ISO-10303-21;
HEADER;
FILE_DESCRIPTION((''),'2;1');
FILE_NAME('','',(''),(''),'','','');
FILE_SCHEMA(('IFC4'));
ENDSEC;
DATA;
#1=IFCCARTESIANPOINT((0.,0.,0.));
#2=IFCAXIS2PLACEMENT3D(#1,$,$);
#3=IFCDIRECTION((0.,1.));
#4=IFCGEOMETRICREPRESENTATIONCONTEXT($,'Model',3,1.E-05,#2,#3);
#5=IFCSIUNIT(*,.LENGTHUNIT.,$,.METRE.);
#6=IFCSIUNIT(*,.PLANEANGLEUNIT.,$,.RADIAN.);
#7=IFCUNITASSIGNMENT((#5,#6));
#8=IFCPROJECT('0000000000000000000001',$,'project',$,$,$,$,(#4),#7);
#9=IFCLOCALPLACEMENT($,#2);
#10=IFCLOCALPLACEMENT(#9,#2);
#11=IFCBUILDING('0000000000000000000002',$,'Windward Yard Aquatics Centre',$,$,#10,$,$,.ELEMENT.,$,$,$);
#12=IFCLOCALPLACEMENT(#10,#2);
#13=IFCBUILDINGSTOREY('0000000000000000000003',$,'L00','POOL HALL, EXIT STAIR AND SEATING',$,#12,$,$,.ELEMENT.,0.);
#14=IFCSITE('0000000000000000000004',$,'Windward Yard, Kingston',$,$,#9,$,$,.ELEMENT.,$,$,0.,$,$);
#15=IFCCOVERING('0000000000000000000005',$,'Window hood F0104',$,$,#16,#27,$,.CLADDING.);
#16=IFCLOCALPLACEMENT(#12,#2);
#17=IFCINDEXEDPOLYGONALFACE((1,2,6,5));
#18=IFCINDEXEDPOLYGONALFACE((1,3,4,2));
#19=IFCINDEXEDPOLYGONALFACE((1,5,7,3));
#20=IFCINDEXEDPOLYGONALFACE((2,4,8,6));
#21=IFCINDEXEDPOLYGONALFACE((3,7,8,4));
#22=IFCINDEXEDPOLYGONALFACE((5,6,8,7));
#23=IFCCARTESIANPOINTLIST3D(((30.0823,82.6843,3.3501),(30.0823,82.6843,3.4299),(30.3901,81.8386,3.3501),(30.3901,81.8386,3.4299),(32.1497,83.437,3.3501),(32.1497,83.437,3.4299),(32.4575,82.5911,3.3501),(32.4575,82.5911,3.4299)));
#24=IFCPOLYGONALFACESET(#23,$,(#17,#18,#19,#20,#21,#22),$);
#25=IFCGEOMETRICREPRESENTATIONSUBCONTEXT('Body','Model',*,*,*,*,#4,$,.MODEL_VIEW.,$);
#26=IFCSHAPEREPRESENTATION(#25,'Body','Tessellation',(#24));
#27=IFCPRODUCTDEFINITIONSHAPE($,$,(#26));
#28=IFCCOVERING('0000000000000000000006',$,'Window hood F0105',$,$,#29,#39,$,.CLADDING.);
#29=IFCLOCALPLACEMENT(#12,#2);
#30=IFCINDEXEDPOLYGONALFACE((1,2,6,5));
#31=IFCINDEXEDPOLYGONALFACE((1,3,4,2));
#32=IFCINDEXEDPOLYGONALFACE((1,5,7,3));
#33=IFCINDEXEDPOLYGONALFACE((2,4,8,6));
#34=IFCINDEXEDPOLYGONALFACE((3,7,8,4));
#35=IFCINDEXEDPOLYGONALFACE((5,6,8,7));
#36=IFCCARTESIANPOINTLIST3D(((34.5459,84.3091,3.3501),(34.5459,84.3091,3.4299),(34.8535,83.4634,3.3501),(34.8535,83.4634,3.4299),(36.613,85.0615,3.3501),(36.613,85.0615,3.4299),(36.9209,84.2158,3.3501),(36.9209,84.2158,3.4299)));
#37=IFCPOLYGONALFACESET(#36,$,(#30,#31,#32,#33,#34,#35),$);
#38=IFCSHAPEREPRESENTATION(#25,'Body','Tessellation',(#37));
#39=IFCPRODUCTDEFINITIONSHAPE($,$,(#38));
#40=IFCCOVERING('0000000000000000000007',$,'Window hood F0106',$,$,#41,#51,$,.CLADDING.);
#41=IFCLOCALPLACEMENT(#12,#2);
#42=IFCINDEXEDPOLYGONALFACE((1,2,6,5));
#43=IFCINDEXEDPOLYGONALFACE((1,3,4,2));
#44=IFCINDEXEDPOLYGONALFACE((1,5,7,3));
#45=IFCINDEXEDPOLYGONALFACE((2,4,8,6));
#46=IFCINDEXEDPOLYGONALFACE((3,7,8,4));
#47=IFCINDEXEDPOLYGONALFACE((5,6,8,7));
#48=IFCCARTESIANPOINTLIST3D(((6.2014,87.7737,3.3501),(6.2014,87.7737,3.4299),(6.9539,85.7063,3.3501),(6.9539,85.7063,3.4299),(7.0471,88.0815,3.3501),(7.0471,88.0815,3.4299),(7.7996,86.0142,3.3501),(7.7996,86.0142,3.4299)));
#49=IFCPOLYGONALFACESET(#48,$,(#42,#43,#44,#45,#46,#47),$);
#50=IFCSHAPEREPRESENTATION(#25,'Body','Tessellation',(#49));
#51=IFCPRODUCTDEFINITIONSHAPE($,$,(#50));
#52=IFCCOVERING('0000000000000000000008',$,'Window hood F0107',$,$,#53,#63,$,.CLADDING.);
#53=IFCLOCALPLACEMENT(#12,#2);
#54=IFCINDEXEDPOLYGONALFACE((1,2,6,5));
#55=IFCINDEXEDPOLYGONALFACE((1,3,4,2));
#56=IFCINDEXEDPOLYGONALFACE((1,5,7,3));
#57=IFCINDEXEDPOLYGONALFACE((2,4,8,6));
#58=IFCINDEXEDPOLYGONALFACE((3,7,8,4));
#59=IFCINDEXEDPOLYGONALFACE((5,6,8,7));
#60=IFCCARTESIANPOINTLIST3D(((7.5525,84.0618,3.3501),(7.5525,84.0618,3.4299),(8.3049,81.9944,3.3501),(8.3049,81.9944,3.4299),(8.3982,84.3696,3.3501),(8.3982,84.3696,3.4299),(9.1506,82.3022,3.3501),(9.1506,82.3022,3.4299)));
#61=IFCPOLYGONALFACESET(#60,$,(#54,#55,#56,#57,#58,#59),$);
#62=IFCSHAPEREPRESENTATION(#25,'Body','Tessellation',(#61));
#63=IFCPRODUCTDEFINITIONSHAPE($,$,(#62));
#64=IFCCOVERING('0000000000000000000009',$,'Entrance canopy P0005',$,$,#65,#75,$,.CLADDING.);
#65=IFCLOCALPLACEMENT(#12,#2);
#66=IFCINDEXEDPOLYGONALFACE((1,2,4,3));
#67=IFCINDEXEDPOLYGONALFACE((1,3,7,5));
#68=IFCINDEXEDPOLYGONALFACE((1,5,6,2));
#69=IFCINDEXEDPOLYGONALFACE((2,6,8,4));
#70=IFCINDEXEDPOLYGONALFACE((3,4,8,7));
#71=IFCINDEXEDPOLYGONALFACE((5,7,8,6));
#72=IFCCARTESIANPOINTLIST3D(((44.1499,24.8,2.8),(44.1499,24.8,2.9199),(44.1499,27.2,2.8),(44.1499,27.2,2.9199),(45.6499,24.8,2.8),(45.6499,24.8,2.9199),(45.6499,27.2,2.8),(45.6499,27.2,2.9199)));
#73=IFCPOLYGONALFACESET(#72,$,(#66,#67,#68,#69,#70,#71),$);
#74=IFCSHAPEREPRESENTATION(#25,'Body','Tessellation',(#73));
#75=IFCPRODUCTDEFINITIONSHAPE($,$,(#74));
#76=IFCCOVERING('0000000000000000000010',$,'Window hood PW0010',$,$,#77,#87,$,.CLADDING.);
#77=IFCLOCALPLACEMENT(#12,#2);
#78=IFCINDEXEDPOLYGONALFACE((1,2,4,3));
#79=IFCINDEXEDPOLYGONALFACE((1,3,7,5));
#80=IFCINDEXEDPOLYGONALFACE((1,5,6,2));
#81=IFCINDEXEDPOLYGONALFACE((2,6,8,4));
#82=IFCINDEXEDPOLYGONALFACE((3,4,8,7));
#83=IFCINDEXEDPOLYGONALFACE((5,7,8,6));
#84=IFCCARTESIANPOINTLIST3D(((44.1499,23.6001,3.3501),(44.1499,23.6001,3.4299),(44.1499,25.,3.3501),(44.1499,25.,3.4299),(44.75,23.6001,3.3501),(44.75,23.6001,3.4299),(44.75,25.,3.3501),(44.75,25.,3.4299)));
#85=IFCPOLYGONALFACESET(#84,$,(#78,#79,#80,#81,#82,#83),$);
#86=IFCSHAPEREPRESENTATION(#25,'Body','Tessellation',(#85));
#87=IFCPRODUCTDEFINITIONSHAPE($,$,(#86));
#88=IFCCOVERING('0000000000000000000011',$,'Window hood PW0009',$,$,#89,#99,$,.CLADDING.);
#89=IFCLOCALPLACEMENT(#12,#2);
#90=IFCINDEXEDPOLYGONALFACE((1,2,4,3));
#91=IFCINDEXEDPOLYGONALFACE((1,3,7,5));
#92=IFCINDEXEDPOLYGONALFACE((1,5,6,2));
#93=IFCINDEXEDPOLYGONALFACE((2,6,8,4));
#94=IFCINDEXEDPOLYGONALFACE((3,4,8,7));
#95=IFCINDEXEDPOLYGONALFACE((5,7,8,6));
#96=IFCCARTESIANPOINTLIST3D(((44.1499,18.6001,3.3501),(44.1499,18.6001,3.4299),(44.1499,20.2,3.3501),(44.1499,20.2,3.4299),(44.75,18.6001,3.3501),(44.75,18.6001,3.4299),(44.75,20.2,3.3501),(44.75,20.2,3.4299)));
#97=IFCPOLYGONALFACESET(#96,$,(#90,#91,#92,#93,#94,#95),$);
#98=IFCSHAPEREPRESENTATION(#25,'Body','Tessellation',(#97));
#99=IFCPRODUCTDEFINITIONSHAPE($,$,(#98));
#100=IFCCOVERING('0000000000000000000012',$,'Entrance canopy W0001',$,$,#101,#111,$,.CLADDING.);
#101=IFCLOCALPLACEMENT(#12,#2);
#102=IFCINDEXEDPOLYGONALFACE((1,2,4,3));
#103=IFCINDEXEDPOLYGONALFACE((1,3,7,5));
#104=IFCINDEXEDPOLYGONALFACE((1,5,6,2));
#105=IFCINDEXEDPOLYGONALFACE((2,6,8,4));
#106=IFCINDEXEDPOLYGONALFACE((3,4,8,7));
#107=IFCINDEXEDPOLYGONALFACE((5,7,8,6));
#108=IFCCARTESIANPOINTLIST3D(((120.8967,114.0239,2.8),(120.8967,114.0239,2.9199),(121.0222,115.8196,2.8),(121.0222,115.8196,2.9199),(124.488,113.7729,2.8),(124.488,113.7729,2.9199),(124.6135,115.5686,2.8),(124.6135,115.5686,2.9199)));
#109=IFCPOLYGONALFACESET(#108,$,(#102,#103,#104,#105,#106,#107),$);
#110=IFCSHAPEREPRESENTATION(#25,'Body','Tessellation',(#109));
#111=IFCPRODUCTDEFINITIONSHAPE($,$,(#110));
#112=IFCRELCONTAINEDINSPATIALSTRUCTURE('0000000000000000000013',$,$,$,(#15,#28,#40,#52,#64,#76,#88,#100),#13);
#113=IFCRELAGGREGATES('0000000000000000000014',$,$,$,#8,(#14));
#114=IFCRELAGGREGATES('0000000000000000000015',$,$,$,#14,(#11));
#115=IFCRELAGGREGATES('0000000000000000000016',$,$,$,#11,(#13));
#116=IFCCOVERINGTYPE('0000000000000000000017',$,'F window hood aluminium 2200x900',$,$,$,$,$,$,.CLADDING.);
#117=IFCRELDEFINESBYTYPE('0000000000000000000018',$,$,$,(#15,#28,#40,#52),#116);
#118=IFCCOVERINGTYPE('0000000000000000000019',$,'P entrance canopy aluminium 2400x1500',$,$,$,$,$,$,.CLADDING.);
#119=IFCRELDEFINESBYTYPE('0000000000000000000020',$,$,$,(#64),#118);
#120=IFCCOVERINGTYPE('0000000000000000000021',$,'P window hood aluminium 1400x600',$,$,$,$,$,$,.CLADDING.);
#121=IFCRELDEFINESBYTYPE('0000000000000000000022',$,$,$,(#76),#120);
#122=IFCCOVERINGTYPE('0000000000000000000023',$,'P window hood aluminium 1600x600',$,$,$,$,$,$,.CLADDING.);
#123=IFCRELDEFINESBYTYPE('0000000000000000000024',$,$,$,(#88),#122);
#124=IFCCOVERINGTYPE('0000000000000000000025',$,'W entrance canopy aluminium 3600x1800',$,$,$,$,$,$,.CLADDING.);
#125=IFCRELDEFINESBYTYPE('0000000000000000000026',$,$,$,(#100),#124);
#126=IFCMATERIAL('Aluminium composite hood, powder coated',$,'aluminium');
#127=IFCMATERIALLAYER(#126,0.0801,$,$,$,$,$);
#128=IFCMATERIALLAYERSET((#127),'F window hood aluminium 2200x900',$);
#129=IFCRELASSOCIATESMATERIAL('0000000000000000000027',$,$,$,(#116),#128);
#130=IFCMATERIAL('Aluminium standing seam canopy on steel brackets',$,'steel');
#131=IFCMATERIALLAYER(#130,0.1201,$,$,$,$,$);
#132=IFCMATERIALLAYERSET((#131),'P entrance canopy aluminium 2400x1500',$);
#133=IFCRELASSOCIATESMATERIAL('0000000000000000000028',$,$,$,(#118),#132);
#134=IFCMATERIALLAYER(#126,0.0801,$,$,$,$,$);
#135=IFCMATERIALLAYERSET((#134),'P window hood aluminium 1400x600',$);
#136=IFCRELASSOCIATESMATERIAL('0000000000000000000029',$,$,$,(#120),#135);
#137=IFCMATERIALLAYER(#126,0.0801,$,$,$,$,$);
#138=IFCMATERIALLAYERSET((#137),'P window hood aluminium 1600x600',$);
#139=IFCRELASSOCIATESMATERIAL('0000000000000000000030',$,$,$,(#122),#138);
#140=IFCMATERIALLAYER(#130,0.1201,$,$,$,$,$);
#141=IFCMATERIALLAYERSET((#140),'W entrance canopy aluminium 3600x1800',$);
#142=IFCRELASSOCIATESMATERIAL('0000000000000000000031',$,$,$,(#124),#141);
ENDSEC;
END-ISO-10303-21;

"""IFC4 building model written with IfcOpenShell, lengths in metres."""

from ifc_helpers import new_model, si_unit, direction, frame, origin, place, context, subcontext, project, spatial, polyline, outline, extrude, material, layer, layer_set, type_object, element, save


model = new_model("IFC4")

# Units and contexts
model_context = context("Model", 3, precision=1e-05, world=origin(), true_north=direction((0.0, 1.0)))
body_context = subcontext(model_context, "Body", "Model", "MODEL_VIEW")
ifc_project = project(units=[si_unit("LENGTHUNIT", "METRE"), si_unit("PLANEANGLEUNIT", "RADIAN")], contexts=[model_context])

# Site, building, storey
site_placement = place(None, origin())
site = spatial("IfcSite", under=ifc_project, at=site_placement, Name="Windward Yard, Kingston", CompositionType="ELEMENT", RefElevation=0.0)
building_placement = place(site_placement, origin())
building = spatial("IfcBuilding", under=site, at=building_placement, Name="Windward Yard Aquatics Centre", CompositionType="ELEMENT")
storey_placement = place(building_placement, origin())
storey = spatial("IfcBuildingStorey", under=building, at=storey_placement, Name="L00", Description="POOL HALL, EXIT STAIR AND SEATING", CompositionType="ELEMENT", Elevation=0.0)

# Coverings
ifc_material_1 = material(Name="Aluminium standing seam canopy on steel brackets", Category="steel")
ifc_material_2 = material(Name="Aluminium composite hood, powder coated", Category="aluminium")
ifc_layer_1 = layer(ifc_material_2, 0.0801)
ifc_layer_set_1 = layer_set([ifc_layer_1], Name="F window hood aluminium 2200x900")
covering_type_1 = type_object("IfcCoveringType", Name="F window hood aluminium 2200x900", PredefinedType="CLADDING", material=ifc_layer_set_1)
covering_1_placement = place(storey_placement, frame((0.0, 0.0, 3.3501)))
element("IfcCovering", 1, at=covering_1_placement, inside=storey, type_object=covering_type_1, Name="Window hood F0104", PredefinedType="CLADDING", context=body_context, shape_type="SweptSolid", body=[
    extrude(outline(polyline([(30.0823, 82.6843), (32.1497, 83.437), (32.4575, 82.5911), (30.3901, 81.8386), (30.0823, 82.6843)])), origin(), (0.0, 0.0, 1.0), 0.0798),
])
covering_2_placement = place(storey_placement, frame((0.0, 0.0, 3.3501)))
element("IfcCovering", 2, at=covering_2_placement, inside=storey, type_object=covering_type_1, Name="Window hood F0105", PredefinedType="CLADDING", context=body_context, shape_type="SweptSolid", body=[
    extrude(outline(polyline([(34.5459, 84.3091), (36.613, 85.0615), (36.9209, 84.2158), (34.8535, 83.4634), (34.5459, 84.3091)])), origin(), (0.0, 0.0, 1.0), 0.0798),
])
covering_3_placement = place(storey_placement, frame((0.0, 0.0, 3.3501)))
element("IfcCovering", 3, at=covering_3_placement, inside=storey, type_object=covering_type_1, Name="Window hood F0106", PredefinedType="CLADDING", context=body_context, shape_type="SweptSolid", body=[
    extrude(outline(polyline([(6.2014, 87.7737), (7.0471, 88.0815), (7.7996, 86.0142), (6.9539, 85.7063), (6.2014, 87.7737)])), origin(), (0.0, 0.0, 1.0), 0.0798),
])
covering_4_placement = place(storey_placement, frame((0.0, 0.0, 3.3501)))
element("IfcCovering", 4, at=covering_4_placement, inside=storey, type_object=covering_type_1, Name="Window hood F0107", PredefinedType="CLADDING", context=body_context, shape_type="SweptSolid", body=[
    extrude(outline(polyline([(7.5525, 84.0618), (8.3982, 84.3696), (9.1506, 82.3022), (8.3049, 81.9944), (7.5525, 84.0618)])), origin(), (0.0, 0.0, 1.0), 0.0798),
])
ifc_layer_2 = layer(ifc_material_1, 0.1201)
ifc_layer_set_2 = layer_set([ifc_layer_2], Name="P entrance canopy aluminium 2400x1500")
covering_type_2 = type_object("IfcCoveringType", Name="P entrance canopy aluminium 2400x1500", PredefinedType="CLADDING", material=ifc_layer_set_2)
covering_5_placement = place(storey_placement, frame((0.0, 0.0, 2.8)))
element("IfcCovering", 5, at=covering_5_placement, inside=storey, type_object=covering_type_2, Name="Entrance canopy P0005", PredefinedType="CLADDING", context=body_context, shape_type="SweptSolid", body=[
    extrude(outline(polyline([(44.1499, 24.8), (44.1499, 27.2), (45.6499, 27.2), (45.6499, 24.8), (44.1499, 24.8)])), origin(), (0.0, 0.0, 1.0), 0.1199),
])
ifc_layer_3 = layer(ifc_material_2, 0.0801)
ifc_layer_set_3 = layer_set([ifc_layer_3], Name="P window hood aluminium 1400x600")
covering_type_3 = type_object("IfcCoveringType", Name="P window hood aluminium 1400x600", PredefinedType="CLADDING", material=ifc_layer_set_3)
covering_6_placement = place(storey_placement, frame((0.0, 0.0, 3.3501)))
element("IfcCovering", 6, at=covering_6_placement, inside=storey, type_object=covering_type_3, Name="Window hood PW0010", PredefinedType="CLADDING", context=body_context, shape_type="SweptSolid", body=[
    extrude(outline(polyline([(44.1499, 23.6001), (44.1499, 25.0), (44.75, 25.0), (44.75, 23.6001), (44.1499, 23.6001)])), origin(), (0.0, 0.0, 1.0), 0.0798),
])
ifc_layer_4 = layer(ifc_material_2, 0.0801)
ifc_layer_set_4 = layer_set([ifc_layer_4], Name="P window hood aluminium 1600x600")
covering_type_4 = type_object("IfcCoveringType", Name="P window hood aluminium 1600x600", PredefinedType="CLADDING", material=ifc_layer_set_4)
covering_7_placement = place(storey_placement, frame((0.0, 0.0, 3.3501)))
element("IfcCovering", 7, at=covering_7_placement, inside=storey, type_object=covering_type_4, Name="Window hood PW0009", PredefinedType="CLADDING", context=body_context, shape_type="SweptSolid", body=[
    extrude(outline(polyline([(44.1499, 18.6001), (44.1499, 20.2), (44.75, 20.2), (44.75, 18.6001), (44.1499, 18.6001)])), origin(), (0.0, 0.0, 1.0), 0.0798),
])
ifc_layer_5 = layer(ifc_material_1, 0.1201)
ifc_layer_set_5 = layer_set([ifc_layer_5], Name="W entrance canopy aluminium 3600x1800")
covering_type_5 = type_object("IfcCoveringType", Name="W entrance canopy aluminium 3600x1800", PredefinedType="CLADDING", material=ifc_layer_set_5)
covering_8_placement = place(storey_placement, frame((0.0, 0.0, 2.8)))
element("IfcCovering", 8, at=covering_8_placement, inside=storey, type_object=covering_type_5, Name="Entrance canopy W0001", PredefinedType="CLADDING", context=body_context, shape_type="SweptSolid", body=[
    extrude(outline(polyline([(120.8967, 114.0239), (121.0222, 115.8196), (124.6135, 115.5686), (124.488, 113.7729), (120.8967, 114.0239)])), origin(), (0.0, 0.0, 1.0), 0.1199),
])

save(model, "model.ifc")
